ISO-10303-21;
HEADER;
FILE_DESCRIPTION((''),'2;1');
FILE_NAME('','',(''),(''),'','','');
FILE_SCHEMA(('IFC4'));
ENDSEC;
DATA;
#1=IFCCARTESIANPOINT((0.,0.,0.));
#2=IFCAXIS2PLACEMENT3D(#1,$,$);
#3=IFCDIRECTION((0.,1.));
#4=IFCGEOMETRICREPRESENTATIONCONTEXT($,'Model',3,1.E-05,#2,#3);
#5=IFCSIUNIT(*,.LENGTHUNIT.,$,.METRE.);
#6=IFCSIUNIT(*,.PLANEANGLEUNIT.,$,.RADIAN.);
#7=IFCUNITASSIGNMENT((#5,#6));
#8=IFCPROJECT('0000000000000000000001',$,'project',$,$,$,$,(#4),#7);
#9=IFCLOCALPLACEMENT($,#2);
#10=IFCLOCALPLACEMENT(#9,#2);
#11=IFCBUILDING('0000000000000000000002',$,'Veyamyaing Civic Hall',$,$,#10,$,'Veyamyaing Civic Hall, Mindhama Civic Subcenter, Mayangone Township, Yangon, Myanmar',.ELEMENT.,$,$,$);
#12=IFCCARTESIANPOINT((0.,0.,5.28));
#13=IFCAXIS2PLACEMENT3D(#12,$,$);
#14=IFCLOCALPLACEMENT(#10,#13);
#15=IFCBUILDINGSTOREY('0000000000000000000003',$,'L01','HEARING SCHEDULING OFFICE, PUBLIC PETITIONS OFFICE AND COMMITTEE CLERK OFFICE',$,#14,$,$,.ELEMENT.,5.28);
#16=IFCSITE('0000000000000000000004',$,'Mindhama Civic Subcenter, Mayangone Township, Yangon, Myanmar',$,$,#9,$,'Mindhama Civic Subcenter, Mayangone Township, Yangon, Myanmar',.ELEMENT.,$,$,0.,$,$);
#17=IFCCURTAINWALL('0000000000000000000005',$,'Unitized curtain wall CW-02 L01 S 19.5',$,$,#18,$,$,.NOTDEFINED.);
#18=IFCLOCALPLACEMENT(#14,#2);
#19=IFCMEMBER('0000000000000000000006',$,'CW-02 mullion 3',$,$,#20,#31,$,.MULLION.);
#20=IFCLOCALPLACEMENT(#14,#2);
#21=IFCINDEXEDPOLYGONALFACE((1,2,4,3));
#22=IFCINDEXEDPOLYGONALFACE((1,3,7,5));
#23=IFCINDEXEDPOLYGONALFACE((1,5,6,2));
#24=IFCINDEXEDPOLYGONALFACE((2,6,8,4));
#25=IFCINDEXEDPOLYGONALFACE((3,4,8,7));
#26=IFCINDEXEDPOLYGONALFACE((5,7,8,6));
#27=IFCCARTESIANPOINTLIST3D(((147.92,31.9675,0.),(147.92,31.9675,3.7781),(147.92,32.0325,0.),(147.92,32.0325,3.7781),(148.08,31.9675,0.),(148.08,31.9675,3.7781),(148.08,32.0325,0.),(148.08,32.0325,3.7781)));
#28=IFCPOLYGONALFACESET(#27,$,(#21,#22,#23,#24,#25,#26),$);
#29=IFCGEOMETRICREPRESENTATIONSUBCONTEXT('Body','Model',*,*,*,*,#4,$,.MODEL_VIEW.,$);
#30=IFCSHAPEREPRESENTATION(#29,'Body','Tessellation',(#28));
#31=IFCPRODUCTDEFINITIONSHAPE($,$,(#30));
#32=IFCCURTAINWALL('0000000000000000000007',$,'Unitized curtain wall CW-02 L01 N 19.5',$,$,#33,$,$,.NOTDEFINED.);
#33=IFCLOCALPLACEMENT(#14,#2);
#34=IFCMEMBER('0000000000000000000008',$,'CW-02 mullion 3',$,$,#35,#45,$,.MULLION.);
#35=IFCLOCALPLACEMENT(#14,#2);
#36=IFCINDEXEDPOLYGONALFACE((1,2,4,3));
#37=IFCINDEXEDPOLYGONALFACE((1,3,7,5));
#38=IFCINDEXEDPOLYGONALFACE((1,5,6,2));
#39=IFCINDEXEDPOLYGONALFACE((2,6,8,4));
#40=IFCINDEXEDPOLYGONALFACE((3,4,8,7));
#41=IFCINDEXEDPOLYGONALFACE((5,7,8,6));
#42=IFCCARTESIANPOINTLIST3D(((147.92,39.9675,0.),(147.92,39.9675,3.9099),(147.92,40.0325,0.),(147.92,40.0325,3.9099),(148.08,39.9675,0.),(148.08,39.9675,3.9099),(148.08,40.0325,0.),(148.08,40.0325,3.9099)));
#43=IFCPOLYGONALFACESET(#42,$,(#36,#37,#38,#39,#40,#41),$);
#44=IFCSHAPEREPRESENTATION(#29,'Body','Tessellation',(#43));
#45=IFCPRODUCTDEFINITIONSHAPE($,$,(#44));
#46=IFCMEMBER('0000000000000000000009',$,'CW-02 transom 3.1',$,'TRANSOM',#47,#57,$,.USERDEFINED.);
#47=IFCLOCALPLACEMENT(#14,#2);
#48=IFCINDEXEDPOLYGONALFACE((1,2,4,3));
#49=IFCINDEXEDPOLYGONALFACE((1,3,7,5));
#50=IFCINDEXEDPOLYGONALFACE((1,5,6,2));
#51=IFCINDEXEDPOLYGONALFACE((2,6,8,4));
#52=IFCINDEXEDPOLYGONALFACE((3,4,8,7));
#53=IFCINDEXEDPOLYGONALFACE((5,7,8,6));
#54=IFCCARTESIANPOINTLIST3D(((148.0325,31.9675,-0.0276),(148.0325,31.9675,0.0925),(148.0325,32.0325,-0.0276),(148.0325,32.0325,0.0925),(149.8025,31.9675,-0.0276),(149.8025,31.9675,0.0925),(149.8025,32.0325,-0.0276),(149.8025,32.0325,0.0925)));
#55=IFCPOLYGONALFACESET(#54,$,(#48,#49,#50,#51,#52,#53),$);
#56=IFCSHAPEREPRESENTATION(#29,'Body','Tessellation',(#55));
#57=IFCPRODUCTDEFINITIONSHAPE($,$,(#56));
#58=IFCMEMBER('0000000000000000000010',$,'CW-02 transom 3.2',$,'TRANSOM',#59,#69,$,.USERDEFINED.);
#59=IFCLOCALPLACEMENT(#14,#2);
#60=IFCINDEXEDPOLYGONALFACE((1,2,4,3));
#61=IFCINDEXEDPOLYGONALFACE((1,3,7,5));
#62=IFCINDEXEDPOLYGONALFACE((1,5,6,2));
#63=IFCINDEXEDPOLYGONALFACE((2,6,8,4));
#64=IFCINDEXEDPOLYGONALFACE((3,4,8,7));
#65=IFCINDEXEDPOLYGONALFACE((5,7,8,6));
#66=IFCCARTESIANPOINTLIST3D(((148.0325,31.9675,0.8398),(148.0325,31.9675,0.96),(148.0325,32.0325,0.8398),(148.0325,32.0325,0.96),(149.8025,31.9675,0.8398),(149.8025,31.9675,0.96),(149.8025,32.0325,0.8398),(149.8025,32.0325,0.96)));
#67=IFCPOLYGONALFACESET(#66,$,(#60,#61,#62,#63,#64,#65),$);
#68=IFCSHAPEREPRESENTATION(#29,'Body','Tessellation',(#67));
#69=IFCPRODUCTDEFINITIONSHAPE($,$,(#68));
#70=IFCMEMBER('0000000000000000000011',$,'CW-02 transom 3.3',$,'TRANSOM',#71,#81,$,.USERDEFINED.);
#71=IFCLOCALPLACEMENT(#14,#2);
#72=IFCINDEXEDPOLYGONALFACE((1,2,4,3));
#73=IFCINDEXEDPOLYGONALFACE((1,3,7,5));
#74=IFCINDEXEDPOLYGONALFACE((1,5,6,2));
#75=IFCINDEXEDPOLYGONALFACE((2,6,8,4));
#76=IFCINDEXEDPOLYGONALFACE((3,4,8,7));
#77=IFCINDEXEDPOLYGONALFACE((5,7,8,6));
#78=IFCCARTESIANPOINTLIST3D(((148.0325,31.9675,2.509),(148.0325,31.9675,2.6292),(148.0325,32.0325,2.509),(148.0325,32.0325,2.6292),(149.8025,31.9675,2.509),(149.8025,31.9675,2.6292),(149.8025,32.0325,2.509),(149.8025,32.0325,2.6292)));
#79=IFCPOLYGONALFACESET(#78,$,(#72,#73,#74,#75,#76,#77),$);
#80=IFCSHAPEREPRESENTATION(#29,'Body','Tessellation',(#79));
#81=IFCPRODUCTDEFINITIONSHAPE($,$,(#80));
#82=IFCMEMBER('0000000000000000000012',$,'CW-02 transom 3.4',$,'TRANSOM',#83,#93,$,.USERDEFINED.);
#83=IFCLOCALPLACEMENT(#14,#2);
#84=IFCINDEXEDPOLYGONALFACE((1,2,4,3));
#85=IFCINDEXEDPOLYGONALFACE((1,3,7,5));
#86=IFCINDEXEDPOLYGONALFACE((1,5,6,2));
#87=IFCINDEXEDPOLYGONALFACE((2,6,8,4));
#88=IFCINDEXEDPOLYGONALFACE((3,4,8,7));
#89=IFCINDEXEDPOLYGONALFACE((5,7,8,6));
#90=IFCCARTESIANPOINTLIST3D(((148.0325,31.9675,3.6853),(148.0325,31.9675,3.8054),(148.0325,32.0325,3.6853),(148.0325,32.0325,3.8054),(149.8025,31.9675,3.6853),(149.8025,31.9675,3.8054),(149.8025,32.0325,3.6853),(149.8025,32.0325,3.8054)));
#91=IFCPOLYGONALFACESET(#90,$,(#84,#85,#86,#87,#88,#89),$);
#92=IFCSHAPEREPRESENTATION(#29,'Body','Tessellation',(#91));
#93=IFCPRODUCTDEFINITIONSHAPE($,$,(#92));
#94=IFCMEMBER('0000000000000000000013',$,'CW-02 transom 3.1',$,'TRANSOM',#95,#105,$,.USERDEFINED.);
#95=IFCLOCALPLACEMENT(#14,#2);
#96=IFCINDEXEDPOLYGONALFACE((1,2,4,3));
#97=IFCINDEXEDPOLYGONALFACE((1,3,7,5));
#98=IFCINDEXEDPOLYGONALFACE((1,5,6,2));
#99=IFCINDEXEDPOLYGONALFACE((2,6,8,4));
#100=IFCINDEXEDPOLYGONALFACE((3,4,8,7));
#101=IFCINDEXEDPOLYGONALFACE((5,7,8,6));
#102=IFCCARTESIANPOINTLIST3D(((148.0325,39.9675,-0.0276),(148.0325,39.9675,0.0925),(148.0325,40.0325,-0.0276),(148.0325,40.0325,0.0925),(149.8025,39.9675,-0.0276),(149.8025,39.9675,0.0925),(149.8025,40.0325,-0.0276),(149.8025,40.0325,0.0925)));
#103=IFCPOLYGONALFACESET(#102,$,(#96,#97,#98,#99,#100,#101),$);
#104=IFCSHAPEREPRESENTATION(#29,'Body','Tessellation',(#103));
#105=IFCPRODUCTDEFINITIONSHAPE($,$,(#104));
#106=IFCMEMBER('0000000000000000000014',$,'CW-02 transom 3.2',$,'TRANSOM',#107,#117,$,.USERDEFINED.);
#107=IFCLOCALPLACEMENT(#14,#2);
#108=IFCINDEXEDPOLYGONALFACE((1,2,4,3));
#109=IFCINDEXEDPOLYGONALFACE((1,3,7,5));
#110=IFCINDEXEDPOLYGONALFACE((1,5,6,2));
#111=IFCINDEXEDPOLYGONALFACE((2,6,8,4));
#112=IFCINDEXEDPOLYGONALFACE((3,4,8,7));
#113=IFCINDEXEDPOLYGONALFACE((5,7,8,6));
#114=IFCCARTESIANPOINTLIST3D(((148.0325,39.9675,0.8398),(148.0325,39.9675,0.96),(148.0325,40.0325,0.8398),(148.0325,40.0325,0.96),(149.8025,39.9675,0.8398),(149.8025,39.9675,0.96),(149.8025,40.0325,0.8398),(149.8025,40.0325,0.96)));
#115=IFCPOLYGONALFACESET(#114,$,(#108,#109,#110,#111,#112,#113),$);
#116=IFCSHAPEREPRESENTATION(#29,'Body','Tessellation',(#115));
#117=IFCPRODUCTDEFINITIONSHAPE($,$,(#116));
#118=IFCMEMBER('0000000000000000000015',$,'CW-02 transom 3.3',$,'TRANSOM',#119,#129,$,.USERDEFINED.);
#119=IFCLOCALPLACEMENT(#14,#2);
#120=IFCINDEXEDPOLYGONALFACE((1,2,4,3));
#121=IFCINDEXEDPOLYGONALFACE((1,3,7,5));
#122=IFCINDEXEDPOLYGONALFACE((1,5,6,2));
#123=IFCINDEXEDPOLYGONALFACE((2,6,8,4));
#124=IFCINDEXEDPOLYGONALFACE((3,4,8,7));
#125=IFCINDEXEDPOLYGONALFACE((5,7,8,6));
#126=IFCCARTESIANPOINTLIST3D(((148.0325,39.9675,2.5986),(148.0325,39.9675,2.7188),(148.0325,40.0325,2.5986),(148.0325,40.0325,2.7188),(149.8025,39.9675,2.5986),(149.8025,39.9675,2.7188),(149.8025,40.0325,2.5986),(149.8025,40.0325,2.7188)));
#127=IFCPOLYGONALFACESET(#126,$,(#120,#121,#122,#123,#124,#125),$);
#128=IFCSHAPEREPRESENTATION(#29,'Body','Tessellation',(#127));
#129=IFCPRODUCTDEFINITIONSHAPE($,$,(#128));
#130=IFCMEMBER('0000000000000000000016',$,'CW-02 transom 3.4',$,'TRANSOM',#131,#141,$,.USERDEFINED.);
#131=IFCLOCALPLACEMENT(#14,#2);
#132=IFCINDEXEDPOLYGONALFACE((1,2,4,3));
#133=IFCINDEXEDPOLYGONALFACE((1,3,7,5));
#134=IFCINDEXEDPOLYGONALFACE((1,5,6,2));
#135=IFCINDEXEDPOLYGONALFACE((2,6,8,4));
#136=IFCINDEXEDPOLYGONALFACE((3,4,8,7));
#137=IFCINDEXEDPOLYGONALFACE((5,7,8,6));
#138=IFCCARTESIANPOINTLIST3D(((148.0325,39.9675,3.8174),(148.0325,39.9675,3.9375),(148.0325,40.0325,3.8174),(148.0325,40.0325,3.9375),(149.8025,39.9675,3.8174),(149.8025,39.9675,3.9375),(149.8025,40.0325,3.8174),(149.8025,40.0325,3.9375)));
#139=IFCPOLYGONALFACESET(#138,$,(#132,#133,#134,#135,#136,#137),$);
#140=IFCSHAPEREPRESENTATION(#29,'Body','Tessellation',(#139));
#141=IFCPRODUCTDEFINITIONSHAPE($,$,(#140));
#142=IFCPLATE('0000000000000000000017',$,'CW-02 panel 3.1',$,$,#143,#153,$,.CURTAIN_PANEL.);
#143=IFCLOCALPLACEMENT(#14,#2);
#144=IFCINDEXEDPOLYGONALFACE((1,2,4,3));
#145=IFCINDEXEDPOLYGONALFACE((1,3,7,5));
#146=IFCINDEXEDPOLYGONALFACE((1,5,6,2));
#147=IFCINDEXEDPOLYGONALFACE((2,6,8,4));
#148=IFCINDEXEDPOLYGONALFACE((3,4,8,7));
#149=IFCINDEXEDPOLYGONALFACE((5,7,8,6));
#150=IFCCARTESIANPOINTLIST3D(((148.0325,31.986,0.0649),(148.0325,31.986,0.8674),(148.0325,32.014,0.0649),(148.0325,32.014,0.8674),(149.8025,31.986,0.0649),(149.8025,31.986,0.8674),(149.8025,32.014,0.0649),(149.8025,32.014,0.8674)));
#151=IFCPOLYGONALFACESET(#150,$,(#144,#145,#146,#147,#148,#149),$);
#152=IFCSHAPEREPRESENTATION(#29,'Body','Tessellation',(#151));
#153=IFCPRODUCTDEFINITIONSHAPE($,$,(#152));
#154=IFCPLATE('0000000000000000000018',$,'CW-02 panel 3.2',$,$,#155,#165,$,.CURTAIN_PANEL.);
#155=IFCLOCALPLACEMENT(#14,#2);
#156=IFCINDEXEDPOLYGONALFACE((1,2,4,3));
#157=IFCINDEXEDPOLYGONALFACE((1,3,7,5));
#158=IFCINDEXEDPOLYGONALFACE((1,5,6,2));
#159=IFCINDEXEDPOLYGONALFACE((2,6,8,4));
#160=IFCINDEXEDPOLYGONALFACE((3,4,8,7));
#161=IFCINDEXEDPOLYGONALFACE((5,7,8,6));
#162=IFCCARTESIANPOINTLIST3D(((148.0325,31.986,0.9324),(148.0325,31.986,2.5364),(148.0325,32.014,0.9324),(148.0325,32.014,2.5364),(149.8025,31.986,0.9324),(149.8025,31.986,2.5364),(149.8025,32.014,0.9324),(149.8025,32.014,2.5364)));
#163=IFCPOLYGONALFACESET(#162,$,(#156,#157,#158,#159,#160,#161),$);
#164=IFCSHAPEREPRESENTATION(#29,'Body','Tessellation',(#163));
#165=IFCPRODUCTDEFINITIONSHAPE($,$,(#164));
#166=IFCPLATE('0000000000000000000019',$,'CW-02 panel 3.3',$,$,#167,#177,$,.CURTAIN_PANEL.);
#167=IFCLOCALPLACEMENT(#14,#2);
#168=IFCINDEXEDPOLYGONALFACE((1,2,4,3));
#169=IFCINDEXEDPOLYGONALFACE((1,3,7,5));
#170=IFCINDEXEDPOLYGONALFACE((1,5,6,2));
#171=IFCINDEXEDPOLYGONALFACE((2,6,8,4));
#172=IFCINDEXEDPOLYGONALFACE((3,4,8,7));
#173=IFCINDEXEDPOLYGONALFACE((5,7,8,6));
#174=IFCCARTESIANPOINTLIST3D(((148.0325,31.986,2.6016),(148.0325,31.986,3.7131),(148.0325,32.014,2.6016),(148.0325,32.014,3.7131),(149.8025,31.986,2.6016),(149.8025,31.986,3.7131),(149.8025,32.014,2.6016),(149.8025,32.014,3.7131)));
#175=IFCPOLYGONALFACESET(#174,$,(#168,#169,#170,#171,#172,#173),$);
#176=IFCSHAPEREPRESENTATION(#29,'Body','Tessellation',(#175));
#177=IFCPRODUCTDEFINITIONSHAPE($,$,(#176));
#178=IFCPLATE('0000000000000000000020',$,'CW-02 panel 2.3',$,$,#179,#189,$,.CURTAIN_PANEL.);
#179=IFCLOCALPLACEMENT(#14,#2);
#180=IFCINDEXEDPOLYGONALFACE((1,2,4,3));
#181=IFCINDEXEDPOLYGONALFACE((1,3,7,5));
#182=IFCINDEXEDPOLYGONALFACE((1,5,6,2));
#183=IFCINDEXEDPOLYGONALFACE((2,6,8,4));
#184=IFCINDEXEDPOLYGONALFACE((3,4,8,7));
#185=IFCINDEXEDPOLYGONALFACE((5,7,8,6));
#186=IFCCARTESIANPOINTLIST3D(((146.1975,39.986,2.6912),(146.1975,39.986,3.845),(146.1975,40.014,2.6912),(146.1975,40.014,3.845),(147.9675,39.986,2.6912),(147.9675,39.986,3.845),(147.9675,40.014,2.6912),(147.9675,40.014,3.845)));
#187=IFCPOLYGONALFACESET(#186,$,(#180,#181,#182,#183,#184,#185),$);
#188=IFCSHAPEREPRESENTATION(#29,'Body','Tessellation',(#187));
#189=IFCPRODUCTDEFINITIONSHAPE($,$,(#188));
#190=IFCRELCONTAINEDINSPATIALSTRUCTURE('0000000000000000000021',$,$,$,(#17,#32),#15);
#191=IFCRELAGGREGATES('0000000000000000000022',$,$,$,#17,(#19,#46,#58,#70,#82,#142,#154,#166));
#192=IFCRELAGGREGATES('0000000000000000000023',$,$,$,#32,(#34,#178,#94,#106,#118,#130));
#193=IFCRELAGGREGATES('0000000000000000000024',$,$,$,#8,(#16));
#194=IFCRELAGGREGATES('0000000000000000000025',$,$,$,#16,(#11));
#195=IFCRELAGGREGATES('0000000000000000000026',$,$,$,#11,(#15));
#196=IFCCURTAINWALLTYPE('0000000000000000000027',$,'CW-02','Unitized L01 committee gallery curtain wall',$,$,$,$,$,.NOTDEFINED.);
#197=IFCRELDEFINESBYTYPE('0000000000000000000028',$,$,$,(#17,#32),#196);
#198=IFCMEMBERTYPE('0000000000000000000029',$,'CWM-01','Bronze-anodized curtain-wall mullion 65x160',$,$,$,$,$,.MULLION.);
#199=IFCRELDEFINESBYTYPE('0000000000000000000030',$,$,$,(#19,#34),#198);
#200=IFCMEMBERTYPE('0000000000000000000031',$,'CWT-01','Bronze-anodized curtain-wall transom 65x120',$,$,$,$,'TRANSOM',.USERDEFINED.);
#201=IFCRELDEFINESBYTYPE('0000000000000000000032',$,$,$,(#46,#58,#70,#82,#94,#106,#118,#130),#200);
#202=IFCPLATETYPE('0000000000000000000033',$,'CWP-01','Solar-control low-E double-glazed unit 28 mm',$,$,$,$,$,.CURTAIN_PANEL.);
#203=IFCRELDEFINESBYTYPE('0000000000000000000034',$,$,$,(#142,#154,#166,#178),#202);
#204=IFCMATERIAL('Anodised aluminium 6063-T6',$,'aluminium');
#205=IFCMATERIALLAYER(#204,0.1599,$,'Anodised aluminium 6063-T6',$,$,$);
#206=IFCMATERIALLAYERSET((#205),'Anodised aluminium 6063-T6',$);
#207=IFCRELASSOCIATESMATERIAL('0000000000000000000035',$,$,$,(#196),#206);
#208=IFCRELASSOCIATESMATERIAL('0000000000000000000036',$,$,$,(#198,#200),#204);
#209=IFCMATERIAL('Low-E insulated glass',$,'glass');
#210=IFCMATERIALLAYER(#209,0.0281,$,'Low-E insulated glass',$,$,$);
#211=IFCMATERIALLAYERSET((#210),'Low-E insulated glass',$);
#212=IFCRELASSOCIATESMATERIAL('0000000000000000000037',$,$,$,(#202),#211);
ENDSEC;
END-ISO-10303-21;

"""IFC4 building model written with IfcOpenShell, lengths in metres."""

from ifc_helpers import new_model, si_unit, direction, frame, origin, origin_2d, place, context, subcontext, project, spatial, rectangle, extrude, material, layer, layer_set, material_profile, profile_set, type_object, element, aggregate, save


model = new_model("IFC4")

# Units and contexts
model_context = context("Model", 3, precision=1e-05, world=origin(), true_north=direction((0.0, 1.0)))
body_context = subcontext(model_context, "Body", "Model", "MODEL_VIEW")
ifc_project = project(units=[si_unit("LENGTHUNIT", "METRE"), si_unit("PLANEANGLEUNIT", "RADIAN")], contexts=[model_context])

# Site, building, storey
site_placement = place(None, origin())
site = spatial("IfcSite", under=ifc_project, at=site_placement, Name="Mindhama Civic Subcenter, Mayangone Township, Yangon, Myanmar", LongName="Mindhama Civic Subcenter, Mayangone Township, Yangon, Myanmar", CompositionType="ELEMENT", RefElevation=0.0)
building_placement = place(site_placement, origin())
building = spatial("IfcBuilding", under=site, at=building_placement, Name="Veyamyaing Civic Hall", LongName="Veyamyaing Civic Hall, Mindhama Civic Subcenter, Mayangone Township, Yangon, Myanmar", CompositionType="ELEMENT")
storey_placement = place(building_placement, frame((0.0, 0.0, 5.28)))
storey = spatial("IfcBuildingStorey", under=building, at=storey_placement, Name="L01", Description="HEARING SCHEDULING OFFICE, PUBLIC PETITIONS OFFICE AND COMMITTEE CLERK OFFICE", CompositionType="ELEMENT", Elevation=5.28)

# Curtain walls, members
ifc_material_1 = material(Name="Anodised aluminium 6063-T6", Category="aluminium")
ifc_layer_1 = layer(ifc_material_1, 0.1599, Name="Anodised aluminium 6063-T6")
ifc_layer_set_1 = layer_set([ifc_layer_1], Name="Anodised aluminium 6063-T6")
curtain_wall_type = type_object("IfcCurtainWallType", Name="CW-02", Description="Unitized L01 committee gallery curtain wall", PredefinedType="NOTDEFINED", material=ifc_layer_set_1)
curtain_wall_1_placement = place(storey_placement, origin())
curtain_wall_1 = element("IfcCurtainWall", 1, at=curtain_wall_1_placement, inside=storey, type_object=curtain_wall_type, Name="Unitized curtain wall CW-02 L01 S 19.5", PredefinedType="NOTDEFINED")
ifc_material_profile_1 = material_profile(ifc_material_1, rectangle(XDim=0.0649, YDim=0.1599, at=origin_2d()), Name="ALU-MUL-65X160")
ifc_profile_set_1 = profile_set([ifc_material_profile_1], Name="Anodised aluminium 6063-T6")
member_type_1 = type_object("IfcMemberType", Name="CWM-01", Description="Bronze-anodized curtain-wall mullion 65x160", PredefinedType="MULLION", material=ifc_profile_set_1)
member_1_placement = place(storey_placement, frame((148.0, 32.0, 0.0), z_axis=(0.0, 0.0, 1.0), x_axis=(0.0, 1.0, 0.0)))
member_1 = element("IfcMember", 2, at=member_1_placement, type_object=member_type_1, Name="CW-02 mullion 3", PredefinedType="MULLION", context=body_context, shape_type="SweptSolid", body=[
    extrude(rectangle(XDim=0.0649, YDim=0.1599, at=origin_2d()), origin(), (0.0, 0.0, 1.0), 3.7781),
])
curtain_wall_2_placement = place(storey_placement, origin())
curtain_wall_2 = element("IfcCurtainWall", 3, at=curtain_wall_2_placement, inside=storey, type_object=curtain_wall_type, Name="Unitized curtain wall CW-02 L01 N 19.5", PredefinedType="NOTDEFINED")
member_2_placement = place(storey_placement, frame((148.0, 40.0, 0.0), z_axis=(0.0, 0.0, 1.0), x_axis=(0.0, 1.0, 0.0)))
member_2 = element("IfcMember", 4, at=member_2_placement, type_object=member_type_1, Name="CW-02 mullion 3", PredefinedType="MULLION", context=body_context, shape_type="SweptSolid", body=[
    extrude(rectangle(XDim=0.0649, YDim=0.1599, at=origin_2d()), origin(), (0.0, 0.0, 1.0), 3.9099),
])

# Members
ifc_material_profile_2 = material_profile(ifc_material_1, rectangle(XDim=0.0649, YDim=0.1201, at=origin_2d()), Name="ALU-TRN-65X120")
ifc_profile_set_2 = profile_set([ifc_material_profile_2], Name="Anodised aluminium 6063-T6")
member_type_2 = type_object("IfcMemberType", Name="CWT-01", Description="Bronze-anodized curtain-wall transom 65x120", ElementType="TRANSOM", PredefinedType="USERDEFINED", material=ifc_profile_set_2)
member_3_placement = place(storey_placement, frame((148.0325, 32.0, 0.0325), z_axis=(1.0, 0.0, 0.0), x_axis=(0.0, 1.0, 0.0)))
member_3 = element("IfcMember", 5, at=member_3_placement, type_object=member_type_2, Name="CW-02 transom 3.1", ObjectType="TRANSOM", PredefinedType="USERDEFINED", context=body_context, shape_type="SweptSolid", body=[
    extrude(rectangle(XDim=0.0649, YDim=0.1201, at=origin_2d()), origin(), (0.0, 0.0, 1.0), 1.77),
])
member_4_placement = place(storey_placement, frame((148.0325, 32.0, 0.8999), z_axis=(1.0, 0.0, 0.0), x_axis=(0.0, 1.0, 0.0)))
member_4 = element("IfcMember", 6, at=member_4_placement, type_object=member_type_2, Name="CW-02 transom 3.2", ObjectType="TRANSOM", PredefinedType="USERDEFINED", context=body_context, shape_type="SweptSolid", body=[
    extrude(rectangle(XDim=0.0649, YDim=0.1201, at=origin_2d()), origin(), (0.0, 0.0, 1.0), 1.77),
])
member_5_placement = place(storey_placement, frame((148.0325, 32.0, 2.5691), z_axis=(1.0, 0.0, 0.0), x_axis=(0.0, 1.0, 0.0)))
member_5 = element("IfcMember", 7, at=member_5_placement, type_object=member_type_2, Name="CW-02 transom 3.3", ObjectType="TRANSOM", PredefinedType="USERDEFINED", context=body_context, shape_type="SweptSolid", body=[
    extrude(rectangle(XDim=0.0649, YDim=0.1201, at=origin_2d()), origin(), (0.0, 0.0, 1.0), 1.77),
])
member_6_placement = place(storey_placement, frame((148.0325, 32.0, 3.7454), z_axis=(1.0, 0.0, 0.0), x_axis=(0.0, 1.0, 0.0)))
member_6 = element("IfcMember", 8, at=member_6_placement, type_object=member_type_2, Name="CW-02 transom 3.4", ObjectType="TRANSOM", PredefinedType="USERDEFINED", context=body_context, shape_type="SweptSolid", body=[
    extrude(rectangle(XDim=0.0649, YDim=0.1201, at=origin_2d()), origin(), (0.0, 0.0, 1.0), 1.77),
])
member_7_placement = place(storey_placement, frame((148.0325, 40.0, 0.0325), z_axis=(1.0, 0.0, 0.0), x_axis=(0.0, 1.0, 0.0)))
member_7 = element("IfcMember", 9, at=member_7_placement, type_object=member_type_2, Name="CW-02 transom 3.1", ObjectType="TRANSOM", PredefinedType="USERDEFINED", context=body_context, shape_type="SweptSolid", body=[
    extrude(rectangle(XDim=0.0649, YDim=0.1201, at=origin_2d()), origin(), (0.0, 0.0, 1.0), 1.77),
])
member_8_placement = place(storey_placement, frame((148.0325, 40.0, 0.8999), z_axis=(1.0, 0.0, 0.0), x_axis=(0.0, 1.0, 0.0)))
member_8 = element("IfcMember", 10, at=member_8_placement, type_object=member_type_2, Name="CW-02 transom 3.2", ObjectType="TRANSOM", PredefinedType="USERDEFINED", context=body_context, shape_type="SweptSolid", body=[
    extrude(rectangle(XDim=0.0649, YDim=0.1201, at=origin_2d()), origin(), (0.0, 0.0, 1.0), 1.77),
])
member_9_placement = place(storey_placement, frame((148.0325, 40.0, 2.6587), z_axis=(1.0, 0.0, 0.0), x_axis=(0.0, 1.0, 0.0)))
member_9 = element("IfcMember", 11, at=member_9_placement, type_object=member_type_2, Name="CW-02 transom 3.3", ObjectType="TRANSOM", PredefinedType="USERDEFINED", context=body_context, shape_type="SweptSolid", body=[
    extrude(rectangle(XDim=0.0649, YDim=0.1201, at=origin_2d()), origin(), (0.0, 0.0, 1.0), 1.77),
])
member_10_placement = place(storey_placement, frame((148.0325, 40.0, 3.8774), z_axis=(1.0, 0.0, 0.0), x_axis=(0.0, 1.0, 0.0)))
member_10 = element("IfcMember", 12, at=member_10_placement, type_object=member_type_2, Name="CW-02 transom 3.4", ObjectType="TRANSOM", PredefinedType="USERDEFINED", context=body_context, shape_type="SweptSolid", body=[
    extrude(rectangle(XDim=0.0649, YDim=0.1201, at=origin_2d()), origin(), (0.0, 0.0, 1.0), 1.77),
])

# Plates
ifc_material_2 = material(Name="Low-E insulated glass", Category="glass")
ifc_layer_2 = layer(ifc_material_2, 0.0281, Name="Low-E insulated glass")
ifc_layer_set_2 = layer_set([ifc_layer_2], Name="Low-E insulated glass")
plate_type = type_object("IfcPlateType", Name="CWP-01", Description="Solar-control low-E double-glazed unit 28 mm", PredefinedType="CURTAIN_PANEL", material=ifc_layer_set_2)
plate_1_placement = place(storey_placement, frame((148.9175, 32.0, 0.0649), z_axis=(0.0, 0.0, 1.0), x_axis=(1.0, 0.0, 0.0)))
plate_1 = element("IfcPlate", 13, at=plate_1_placement, type_object=plate_type, Name="CW-02 panel 3.1", PredefinedType="CURTAIN_PANEL", context=body_context, shape_type="SweptSolid", body=[
    extrude(rectangle(XDim=1.77, YDim=0.0281, at=origin_2d()), origin(), (0.0, 0.0, 1.0), 0.8025),
])
plate_2_placement = place(storey_placement, frame((148.9175, 32.0, 0.9324), z_axis=(0.0, 0.0, 1.0), x_axis=(1.0, 0.0, 0.0)))
plate_2 = element("IfcPlate", 14, at=plate_2_placement, type_object=plate_type, Name="CW-02 panel 3.2", PredefinedType="CURTAIN_PANEL", context=body_context, shape_type="SweptSolid", body=[
    extrude(rectangle(XDim=1.77, YDim=0.0281, at=origin_2d()), origin(), (0.0, 0.0, 1.0), 1.604),
])
plate_3_placement = place(storey_placement, frame((148.9175, 32.0, 2.6016), z_axis=(0.0, 0.0, 1.0), x_axis=(1.0, 0.0, 0.0)))
plate_3 = element("IfcPlate", 15, at=plate_3_placement, type_object=plate_type, Name="CW-02 panel 3.3", PredefinedType="CURTAIN_PANEL", context=body_context, shape_type="SweptSolid", body=[
    extrude(rectangle(XDim=1.77, YDim=0.0281, at=origin_2d()), origin(), (0.0, 0.0, 1.0), 1.1116),
])
aggregate(curtain_wall_1, [member_1, member_3, member_4, member_5, member_6, plate_1, plate_2, plate_3])
plate_4_placement = place(storey_placement, frame((147.0825, 40.0, 2.6912), z_axis=(0.0, 0.0, 1.0), x_axis=(1.0, 0.0, 0.0)))
plate_4 = element("IfcPlate", 16, at=plate_4_placement, type_object=plate_type, Name="CW-02 panel 2.3", PredefinedType="CURTAIN_PANEL", context=body_context, shape_type="SweptSolid", body=[
    extrude(rectangle(XDim=1.77, YDim=0.0281, at=origin_2d()), origin(), (0.0, 0.0, 1.0), 1.1538),
])
aggregate(curtain_wall_2, [member_2, plate_4, member_7, member_8, member_9, member_10])

save(model, "model.ifc")
